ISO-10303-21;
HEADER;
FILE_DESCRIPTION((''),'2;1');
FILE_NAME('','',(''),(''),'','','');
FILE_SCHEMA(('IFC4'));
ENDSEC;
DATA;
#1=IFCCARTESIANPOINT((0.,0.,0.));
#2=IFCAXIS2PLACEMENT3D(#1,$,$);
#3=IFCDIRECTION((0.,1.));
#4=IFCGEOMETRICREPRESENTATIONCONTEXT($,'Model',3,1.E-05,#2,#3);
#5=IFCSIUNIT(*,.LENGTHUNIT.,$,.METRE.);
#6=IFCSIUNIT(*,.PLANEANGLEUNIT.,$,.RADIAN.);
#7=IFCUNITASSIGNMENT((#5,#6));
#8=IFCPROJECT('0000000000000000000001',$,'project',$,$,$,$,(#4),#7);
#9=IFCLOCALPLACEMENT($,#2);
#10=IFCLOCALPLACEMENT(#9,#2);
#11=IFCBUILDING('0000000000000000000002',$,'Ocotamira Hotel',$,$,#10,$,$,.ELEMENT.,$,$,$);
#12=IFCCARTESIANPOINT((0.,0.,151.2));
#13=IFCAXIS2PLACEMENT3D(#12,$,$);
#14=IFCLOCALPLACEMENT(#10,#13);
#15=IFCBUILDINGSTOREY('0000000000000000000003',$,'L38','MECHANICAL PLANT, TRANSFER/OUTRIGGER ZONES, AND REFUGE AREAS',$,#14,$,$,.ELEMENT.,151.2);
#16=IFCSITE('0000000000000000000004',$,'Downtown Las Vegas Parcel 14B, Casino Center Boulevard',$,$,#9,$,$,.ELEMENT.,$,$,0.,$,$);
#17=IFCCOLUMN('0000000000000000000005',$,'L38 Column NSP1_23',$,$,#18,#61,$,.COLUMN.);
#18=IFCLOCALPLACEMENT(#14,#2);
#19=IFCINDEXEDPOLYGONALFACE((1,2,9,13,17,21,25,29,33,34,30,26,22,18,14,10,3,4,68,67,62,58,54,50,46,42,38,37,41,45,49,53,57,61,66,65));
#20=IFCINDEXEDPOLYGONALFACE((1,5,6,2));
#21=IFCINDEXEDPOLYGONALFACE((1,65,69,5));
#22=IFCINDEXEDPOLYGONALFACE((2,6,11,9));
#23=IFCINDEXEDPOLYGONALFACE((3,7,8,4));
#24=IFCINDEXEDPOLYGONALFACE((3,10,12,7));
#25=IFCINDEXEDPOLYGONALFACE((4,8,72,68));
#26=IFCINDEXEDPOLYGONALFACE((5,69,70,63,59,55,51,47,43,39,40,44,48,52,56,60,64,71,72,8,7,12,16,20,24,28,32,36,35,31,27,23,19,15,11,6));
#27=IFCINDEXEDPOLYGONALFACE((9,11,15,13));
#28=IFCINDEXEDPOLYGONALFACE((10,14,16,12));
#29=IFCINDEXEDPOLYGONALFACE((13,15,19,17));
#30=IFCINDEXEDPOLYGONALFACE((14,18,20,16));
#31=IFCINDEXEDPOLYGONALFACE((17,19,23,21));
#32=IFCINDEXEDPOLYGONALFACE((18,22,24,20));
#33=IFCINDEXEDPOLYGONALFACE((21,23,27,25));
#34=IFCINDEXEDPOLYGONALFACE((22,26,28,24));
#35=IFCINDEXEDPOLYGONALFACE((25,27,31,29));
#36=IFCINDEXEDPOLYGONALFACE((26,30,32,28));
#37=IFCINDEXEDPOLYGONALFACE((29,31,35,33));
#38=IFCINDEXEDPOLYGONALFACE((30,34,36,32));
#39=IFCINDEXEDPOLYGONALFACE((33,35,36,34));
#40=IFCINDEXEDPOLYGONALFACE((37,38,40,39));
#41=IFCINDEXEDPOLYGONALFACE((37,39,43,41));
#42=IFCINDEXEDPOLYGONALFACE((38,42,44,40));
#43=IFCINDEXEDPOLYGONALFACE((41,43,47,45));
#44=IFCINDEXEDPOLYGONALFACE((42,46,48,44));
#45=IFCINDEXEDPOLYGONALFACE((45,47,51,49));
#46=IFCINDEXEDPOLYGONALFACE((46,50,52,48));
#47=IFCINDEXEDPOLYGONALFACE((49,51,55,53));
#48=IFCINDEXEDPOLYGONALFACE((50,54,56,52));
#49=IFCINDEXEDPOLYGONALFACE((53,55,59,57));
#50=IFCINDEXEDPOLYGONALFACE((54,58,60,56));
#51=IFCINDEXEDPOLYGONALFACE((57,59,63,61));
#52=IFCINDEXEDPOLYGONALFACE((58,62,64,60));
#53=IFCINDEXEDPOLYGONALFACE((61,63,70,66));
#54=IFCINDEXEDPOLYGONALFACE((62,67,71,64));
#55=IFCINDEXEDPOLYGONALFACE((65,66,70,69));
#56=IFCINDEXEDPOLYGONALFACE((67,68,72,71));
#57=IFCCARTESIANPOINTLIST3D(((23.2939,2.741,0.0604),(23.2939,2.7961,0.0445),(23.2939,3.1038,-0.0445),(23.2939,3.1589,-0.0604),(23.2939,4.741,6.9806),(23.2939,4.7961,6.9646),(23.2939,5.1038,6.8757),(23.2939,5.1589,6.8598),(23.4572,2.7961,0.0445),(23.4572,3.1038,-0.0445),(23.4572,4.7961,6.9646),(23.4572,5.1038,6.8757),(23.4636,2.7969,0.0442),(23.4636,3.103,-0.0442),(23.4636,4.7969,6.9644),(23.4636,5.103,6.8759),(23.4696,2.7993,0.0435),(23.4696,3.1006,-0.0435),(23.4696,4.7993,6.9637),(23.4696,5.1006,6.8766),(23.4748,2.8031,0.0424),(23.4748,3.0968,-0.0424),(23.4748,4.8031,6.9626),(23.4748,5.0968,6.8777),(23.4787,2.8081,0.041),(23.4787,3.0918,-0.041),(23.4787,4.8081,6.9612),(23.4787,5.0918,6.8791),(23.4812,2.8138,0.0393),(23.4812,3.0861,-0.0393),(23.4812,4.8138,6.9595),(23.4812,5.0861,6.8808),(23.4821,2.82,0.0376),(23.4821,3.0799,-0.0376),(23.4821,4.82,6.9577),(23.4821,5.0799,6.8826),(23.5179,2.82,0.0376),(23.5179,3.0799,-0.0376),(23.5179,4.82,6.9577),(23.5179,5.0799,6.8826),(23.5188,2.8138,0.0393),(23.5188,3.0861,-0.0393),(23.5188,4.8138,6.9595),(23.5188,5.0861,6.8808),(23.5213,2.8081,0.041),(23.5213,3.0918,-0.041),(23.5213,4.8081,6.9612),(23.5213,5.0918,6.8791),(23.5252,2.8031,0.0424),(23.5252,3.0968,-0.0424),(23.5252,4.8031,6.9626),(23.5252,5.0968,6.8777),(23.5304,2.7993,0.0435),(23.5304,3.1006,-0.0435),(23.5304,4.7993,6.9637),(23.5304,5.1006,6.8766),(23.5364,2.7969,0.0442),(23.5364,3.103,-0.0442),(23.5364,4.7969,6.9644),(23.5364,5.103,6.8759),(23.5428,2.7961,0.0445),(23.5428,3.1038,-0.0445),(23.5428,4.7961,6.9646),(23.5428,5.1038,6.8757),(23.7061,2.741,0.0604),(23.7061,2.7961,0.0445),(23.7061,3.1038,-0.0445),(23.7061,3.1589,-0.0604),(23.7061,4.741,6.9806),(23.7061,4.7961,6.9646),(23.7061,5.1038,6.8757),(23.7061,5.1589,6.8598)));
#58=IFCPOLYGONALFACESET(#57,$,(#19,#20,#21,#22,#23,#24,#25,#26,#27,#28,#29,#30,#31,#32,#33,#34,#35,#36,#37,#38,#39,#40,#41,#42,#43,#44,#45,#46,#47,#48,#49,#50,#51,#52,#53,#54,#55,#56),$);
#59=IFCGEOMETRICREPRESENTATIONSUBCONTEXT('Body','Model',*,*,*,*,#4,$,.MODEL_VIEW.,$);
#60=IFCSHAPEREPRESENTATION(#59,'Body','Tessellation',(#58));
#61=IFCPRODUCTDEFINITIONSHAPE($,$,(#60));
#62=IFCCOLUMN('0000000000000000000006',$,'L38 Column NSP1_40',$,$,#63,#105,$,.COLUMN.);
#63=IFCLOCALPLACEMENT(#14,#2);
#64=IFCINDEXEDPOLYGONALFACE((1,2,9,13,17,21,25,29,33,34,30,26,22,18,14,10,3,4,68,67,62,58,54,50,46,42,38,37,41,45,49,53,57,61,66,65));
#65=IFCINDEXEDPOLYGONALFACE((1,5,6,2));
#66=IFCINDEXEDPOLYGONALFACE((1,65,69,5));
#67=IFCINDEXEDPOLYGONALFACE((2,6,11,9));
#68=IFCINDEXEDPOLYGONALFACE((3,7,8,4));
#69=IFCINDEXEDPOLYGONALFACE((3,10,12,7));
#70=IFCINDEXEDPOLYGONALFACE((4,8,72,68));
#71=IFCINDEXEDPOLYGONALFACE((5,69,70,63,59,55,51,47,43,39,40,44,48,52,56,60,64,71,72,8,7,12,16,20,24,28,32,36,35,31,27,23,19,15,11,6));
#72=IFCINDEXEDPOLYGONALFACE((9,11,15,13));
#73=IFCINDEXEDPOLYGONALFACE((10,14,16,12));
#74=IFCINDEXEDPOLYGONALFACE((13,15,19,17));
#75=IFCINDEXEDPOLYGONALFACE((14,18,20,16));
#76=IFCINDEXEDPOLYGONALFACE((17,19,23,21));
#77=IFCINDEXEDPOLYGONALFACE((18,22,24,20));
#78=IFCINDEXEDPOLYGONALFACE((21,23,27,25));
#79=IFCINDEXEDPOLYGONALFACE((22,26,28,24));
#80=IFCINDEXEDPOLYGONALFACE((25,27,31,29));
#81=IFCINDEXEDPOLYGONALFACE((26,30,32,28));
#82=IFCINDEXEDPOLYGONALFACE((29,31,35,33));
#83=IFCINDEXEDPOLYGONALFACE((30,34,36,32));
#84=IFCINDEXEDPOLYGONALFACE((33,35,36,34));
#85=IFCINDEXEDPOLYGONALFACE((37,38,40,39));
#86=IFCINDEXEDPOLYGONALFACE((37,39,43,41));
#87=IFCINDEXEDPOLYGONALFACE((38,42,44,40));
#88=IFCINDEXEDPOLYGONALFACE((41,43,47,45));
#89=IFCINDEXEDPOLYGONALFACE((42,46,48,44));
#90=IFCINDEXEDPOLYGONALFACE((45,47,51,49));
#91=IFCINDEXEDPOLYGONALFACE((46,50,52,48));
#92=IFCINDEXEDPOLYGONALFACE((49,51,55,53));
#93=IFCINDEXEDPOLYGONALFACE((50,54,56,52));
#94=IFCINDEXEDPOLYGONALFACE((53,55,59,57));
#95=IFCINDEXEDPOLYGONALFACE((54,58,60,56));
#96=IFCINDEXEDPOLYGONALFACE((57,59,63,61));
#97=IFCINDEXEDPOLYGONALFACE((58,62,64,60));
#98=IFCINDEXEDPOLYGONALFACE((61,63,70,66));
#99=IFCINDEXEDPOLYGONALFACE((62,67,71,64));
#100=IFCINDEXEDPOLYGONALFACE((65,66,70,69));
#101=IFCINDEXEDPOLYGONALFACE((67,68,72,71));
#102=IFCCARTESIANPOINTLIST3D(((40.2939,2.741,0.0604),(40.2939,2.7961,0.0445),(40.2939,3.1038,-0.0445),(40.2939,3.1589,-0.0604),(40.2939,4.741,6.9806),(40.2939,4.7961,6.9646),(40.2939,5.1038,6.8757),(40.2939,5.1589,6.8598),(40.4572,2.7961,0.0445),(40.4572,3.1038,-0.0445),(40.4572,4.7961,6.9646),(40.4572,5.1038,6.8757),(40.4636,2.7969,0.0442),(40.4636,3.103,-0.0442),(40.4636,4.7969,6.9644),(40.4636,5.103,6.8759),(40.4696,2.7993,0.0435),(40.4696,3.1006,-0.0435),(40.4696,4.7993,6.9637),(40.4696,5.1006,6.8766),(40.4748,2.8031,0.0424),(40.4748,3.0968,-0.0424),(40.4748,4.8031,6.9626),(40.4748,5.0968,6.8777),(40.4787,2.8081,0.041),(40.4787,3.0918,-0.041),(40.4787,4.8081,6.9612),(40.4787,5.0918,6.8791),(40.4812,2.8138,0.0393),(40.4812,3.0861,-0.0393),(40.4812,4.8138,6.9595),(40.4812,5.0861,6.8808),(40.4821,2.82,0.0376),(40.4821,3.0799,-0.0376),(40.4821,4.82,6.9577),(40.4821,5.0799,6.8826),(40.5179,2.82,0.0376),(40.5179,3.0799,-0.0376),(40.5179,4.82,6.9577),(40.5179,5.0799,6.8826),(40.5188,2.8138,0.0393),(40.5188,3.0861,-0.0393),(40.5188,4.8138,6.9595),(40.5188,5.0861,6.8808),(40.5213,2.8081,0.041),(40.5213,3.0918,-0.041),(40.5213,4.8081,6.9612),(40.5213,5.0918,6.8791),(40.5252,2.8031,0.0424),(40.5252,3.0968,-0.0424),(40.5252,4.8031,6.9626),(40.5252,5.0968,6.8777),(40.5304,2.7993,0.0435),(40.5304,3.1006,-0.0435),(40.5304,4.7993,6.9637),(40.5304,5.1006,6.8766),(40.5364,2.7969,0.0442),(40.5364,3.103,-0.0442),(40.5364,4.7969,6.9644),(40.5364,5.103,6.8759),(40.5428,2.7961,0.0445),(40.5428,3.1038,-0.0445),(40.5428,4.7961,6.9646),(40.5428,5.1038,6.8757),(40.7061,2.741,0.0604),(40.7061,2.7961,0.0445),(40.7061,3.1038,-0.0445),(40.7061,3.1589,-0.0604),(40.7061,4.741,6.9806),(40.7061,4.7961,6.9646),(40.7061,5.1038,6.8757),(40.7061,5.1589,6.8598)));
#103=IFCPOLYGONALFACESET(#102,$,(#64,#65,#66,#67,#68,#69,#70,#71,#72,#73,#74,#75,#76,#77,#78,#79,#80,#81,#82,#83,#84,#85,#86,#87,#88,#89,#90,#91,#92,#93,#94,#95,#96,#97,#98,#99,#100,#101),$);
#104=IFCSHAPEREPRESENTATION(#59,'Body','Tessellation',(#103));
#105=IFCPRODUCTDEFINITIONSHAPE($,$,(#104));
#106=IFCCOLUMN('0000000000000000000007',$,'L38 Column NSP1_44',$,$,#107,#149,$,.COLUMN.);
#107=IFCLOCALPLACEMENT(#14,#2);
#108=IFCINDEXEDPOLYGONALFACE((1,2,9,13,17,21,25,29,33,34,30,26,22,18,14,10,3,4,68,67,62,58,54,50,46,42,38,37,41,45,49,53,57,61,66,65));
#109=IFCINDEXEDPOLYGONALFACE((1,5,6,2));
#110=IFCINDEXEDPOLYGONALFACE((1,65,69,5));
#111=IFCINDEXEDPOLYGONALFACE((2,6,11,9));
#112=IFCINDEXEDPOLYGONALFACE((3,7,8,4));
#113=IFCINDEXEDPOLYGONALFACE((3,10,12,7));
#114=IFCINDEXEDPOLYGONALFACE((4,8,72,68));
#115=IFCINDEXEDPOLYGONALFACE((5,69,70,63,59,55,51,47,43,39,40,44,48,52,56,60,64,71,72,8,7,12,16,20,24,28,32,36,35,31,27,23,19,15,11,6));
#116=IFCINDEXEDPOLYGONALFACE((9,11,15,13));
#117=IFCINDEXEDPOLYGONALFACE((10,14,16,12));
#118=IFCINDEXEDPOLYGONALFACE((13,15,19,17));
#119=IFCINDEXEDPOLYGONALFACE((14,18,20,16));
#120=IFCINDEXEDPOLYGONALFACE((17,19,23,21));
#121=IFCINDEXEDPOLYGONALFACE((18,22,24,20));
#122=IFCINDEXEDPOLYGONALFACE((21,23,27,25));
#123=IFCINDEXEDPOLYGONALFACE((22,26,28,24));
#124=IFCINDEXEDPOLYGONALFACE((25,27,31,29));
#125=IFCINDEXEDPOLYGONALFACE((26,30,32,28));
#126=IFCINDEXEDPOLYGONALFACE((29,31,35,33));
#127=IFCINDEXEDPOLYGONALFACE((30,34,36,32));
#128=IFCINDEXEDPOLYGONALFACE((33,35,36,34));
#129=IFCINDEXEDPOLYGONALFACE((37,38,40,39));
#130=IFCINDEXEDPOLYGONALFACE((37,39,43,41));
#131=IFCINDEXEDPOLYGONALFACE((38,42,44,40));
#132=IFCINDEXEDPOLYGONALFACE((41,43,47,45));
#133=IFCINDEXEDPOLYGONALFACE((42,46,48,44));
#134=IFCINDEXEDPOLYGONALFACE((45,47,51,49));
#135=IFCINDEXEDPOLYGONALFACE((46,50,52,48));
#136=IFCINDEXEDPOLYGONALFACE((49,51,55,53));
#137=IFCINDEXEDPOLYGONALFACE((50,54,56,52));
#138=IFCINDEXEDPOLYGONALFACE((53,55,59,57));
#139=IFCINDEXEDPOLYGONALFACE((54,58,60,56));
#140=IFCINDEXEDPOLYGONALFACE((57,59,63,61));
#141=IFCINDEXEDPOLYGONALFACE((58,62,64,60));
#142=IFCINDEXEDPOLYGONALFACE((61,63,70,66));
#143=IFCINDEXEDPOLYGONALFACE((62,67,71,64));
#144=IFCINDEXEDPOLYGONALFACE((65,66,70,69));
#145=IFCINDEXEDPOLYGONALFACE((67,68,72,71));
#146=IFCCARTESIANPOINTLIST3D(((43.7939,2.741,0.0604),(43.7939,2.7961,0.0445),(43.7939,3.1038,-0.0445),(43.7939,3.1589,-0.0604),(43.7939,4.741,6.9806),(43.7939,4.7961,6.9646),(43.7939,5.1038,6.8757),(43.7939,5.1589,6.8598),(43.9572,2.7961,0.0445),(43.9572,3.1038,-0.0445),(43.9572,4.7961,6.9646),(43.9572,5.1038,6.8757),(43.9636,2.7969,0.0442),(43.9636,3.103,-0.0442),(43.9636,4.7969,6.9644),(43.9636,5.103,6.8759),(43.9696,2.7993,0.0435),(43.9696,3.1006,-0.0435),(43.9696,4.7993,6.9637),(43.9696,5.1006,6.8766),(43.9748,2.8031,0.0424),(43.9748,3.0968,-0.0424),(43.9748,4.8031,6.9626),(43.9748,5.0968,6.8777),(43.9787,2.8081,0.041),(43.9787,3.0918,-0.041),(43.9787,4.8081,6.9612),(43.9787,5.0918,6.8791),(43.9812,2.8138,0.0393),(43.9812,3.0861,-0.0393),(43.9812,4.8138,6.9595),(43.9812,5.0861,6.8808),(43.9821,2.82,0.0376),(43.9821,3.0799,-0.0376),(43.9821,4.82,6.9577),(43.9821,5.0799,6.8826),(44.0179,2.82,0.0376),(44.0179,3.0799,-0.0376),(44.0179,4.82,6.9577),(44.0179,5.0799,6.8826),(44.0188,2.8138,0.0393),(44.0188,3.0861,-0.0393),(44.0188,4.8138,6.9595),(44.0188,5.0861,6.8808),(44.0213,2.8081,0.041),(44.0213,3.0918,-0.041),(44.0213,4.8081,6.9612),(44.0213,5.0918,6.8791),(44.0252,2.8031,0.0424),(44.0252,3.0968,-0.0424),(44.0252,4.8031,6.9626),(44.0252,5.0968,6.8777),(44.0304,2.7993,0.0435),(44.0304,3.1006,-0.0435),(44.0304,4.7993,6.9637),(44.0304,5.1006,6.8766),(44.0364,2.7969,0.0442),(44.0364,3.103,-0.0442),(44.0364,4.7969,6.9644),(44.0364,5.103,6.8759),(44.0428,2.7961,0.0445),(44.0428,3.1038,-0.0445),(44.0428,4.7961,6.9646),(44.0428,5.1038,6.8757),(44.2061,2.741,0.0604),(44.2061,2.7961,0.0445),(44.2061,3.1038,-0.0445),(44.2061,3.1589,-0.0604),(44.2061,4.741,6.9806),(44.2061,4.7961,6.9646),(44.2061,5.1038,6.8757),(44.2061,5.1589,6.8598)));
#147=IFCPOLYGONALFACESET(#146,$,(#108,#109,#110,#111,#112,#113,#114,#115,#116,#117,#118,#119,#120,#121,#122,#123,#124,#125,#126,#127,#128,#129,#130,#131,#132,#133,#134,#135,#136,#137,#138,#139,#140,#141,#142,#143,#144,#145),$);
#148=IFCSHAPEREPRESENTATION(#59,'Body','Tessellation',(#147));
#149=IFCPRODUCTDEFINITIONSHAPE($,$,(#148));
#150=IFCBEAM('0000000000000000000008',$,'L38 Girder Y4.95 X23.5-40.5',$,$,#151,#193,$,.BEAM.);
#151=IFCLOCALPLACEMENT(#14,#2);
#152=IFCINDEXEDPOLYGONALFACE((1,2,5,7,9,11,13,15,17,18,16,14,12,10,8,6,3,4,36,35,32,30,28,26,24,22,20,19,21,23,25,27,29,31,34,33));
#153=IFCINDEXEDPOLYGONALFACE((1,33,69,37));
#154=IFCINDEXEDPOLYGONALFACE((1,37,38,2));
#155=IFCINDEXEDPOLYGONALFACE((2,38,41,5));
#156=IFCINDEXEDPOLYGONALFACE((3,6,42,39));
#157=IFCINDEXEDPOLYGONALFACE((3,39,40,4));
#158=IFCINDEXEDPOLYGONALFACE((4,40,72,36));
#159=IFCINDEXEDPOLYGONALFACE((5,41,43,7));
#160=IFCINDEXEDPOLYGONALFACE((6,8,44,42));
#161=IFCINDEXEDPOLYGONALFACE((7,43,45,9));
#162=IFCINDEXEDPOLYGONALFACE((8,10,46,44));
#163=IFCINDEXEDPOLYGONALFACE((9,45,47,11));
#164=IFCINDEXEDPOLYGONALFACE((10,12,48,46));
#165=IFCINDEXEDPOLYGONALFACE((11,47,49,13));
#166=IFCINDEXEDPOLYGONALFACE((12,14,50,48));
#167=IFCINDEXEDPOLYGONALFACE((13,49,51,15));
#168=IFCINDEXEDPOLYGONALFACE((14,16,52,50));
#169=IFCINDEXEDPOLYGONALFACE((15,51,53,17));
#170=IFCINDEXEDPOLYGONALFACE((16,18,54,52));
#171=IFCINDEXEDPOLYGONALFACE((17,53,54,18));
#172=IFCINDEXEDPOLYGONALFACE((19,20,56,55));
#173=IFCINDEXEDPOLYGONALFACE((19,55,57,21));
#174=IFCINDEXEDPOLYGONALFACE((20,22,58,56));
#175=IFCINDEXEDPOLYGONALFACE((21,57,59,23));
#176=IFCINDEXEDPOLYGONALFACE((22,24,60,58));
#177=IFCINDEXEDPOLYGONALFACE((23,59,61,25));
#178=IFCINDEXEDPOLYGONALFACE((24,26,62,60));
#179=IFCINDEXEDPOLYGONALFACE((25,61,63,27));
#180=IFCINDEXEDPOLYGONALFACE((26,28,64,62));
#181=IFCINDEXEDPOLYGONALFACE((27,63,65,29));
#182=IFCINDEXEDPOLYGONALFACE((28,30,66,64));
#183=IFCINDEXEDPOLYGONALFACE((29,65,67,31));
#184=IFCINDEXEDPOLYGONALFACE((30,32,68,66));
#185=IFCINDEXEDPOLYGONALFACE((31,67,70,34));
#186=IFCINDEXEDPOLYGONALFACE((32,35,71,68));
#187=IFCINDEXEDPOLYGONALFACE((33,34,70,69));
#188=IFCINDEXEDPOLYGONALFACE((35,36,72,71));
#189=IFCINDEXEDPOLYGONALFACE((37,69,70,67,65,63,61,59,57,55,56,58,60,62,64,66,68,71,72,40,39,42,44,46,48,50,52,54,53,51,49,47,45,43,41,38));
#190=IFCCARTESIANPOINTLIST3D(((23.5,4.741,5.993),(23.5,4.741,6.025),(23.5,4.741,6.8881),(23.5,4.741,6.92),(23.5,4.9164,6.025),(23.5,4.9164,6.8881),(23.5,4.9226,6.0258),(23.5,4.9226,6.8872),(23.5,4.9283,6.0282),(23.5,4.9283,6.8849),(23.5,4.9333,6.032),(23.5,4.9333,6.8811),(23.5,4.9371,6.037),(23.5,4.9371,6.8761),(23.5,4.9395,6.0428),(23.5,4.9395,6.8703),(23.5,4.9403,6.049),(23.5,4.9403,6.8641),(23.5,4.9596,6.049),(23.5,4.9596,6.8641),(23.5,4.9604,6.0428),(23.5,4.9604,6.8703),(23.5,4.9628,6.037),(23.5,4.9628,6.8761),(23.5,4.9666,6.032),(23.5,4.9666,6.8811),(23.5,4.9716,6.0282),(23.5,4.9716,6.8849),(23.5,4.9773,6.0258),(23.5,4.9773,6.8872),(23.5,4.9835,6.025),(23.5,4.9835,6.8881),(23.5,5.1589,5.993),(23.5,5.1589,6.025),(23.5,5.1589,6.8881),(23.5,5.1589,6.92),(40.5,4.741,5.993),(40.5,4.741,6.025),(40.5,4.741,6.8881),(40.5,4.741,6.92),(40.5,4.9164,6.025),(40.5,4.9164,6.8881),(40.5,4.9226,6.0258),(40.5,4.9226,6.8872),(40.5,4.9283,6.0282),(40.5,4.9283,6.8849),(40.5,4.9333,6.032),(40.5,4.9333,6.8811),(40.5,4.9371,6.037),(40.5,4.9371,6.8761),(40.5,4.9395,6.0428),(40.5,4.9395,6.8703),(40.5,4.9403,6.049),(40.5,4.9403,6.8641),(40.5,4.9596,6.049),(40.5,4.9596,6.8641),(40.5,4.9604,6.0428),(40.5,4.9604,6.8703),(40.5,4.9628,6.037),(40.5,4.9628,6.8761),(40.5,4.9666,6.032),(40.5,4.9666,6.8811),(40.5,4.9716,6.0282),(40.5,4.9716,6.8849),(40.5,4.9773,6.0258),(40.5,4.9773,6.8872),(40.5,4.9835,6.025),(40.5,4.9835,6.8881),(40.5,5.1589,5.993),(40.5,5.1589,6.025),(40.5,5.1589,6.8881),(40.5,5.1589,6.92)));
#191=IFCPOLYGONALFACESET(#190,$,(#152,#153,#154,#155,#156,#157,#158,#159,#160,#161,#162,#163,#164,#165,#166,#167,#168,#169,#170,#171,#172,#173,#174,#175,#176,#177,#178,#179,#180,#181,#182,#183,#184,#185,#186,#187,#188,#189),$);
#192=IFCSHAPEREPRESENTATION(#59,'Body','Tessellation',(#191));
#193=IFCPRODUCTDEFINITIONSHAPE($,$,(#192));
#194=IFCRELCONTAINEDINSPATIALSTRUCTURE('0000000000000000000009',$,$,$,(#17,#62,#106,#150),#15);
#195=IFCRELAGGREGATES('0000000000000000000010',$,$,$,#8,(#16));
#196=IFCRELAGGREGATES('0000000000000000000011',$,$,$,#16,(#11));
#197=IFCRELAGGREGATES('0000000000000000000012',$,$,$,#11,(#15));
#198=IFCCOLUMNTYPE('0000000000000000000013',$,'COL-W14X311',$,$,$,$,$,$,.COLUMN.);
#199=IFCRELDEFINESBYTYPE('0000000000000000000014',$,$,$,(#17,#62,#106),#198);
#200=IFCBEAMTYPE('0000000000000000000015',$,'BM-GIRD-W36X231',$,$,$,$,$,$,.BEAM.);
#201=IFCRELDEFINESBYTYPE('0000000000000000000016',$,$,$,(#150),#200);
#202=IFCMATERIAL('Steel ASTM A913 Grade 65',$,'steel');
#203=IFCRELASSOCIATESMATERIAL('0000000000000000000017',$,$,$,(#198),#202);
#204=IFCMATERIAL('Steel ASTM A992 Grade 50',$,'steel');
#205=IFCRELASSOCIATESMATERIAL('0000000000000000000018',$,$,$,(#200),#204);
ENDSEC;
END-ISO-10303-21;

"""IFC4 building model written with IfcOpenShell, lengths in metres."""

from ifc_helpers import new_model, si_unit, direction, frame, origin, origin_2d, place, context, subcontext, project, spatial, i_section, extrude, source, transform, mapped, material, material_profile, profile_set, type_object, element, save


model = new_model("IFC4")

# Units and contexts
model_context = context("Model", 3, precision=1e-05, world=origin(), true_north=direction((0.0, 1.0)))
body_context = subcontext(model_context, "Body", "Model", "MODEL_VIEW")
ifc_project = project(units=[si_unit("LENGTHUNIT", "METRE"), si_unit("PLANEANGLEUNIT", "RADIAN")], contexts=[model_context])

# Site, building, storey
site_placement = place(None, origin())
site = spatial("IfcSite", under=ifc_project, at=site_placement, Name="Downtown Las Vegas Parcel 14B, Casino Center Boulevard", CompositionType="ELEMENT", RefElevation=0.0)
building_placement = place(site_placement, origin())
building = spatial("IfcBuilding", under=site, at=building_placement, Name="Ocotamira Hotel", CompositionType="ELEMENT")
storey_placement = place(building_placement, frame((0.0, 0.0, 151.2)))
storey = spatial("IfcBuildingStorey", under=building, at=storey_placement, Name="L38", Description="MECHANICAL PLANT, TRANSFER/OUTRIGGER ZONES, AND REFUGE AREAS", CompositionType="ELEMENT", Elevation=151.2)

# Columns
ifc_material_1 = material(Name="Steel ASTM A913 Grade 65", Category="steel")
ifc_material_profile_1 = material_profile(ifc_material_1, i_section(OverallWidth=0.4121, OverallDepth=0.4351, WebThickness=0.0359, FlangeThickness=0.0574, FilletRadius=0.0249, at=origin_2d()), Name="W14X311")
ifc_profile_set_1 = profile_set([ifc_material_profile_1], Name="Steel ASTM A913 Grade 65")
column_type = type_object("IfcColumnType", Name="COL-W14X311", PredefinedType="COLUMN", material=ifc_profile_set_1)
shared_shape_1 = source(origin(), body_context, "Body", "SweptSolid", [
    extrude(i_section(OverallWidth=0.4121, OverallDepth=0.4351, WebThickness=0.0359, FlangeThickness=0.0574, FilletRadius=0.0249, at=origin_2d()), origin(), (0.0, 0.0, 1.0), 7.2034),
])
for number, where, z_axis, x_axis, name in (
    (1, (23.5, 2.95, 0.0), (0.0, 0.277647, 0.960683), (-1.0, 0.0, 0.0), "L38 Column NSP1_23"),
    (2, (40.5, 2.95, 0.0), (0.0, 0.277647, 0.960683), (-1.0, 0.0, 0.0), "L38 Column NSP1_40"),
    (3, (44.0, 2.95, 0.0), (0.0, 0.277647, 0.960683), (-1.0, 0.0, 0.0), "L38 Column NSP1_44"),
):
    element("IfcColumn", number, at=place(storey_placement, frame(where, z_axis=z_axis, x_axis=x_axis)), inside=storey, type_object=column_type, Name=name, PredefinedType="COLUMN", context=body_context, shape_type="MappedRepresentation", body=[
        mapped(shared_shape_1, transform((0.0, 0.0, 0.0), scale=1.0)),
    ])

# Beam
ifc_material_2 = material(Name="Steel ASTM A992 Grade 50", Category="steel")
ifc_material_profile_2 = material_profile(ifc_material_2, i_section(OverallWidth=0.418, OverallDepth=0.927, WebThickness=0.0193, FlangeThickness=0.032, FilletRadius=0.0239, at=origin_2d()), Name="W36X231")
ifc_profile_set_2 = profile_set([ifc_material_profile_2], Name="Steel ASTM A992 Grade 50")
beam_type_1 = type_object("IfcBeamType", Name="BM-GIRD-W36X231", PredefinedType="BEAM", material=ifc_profile_set_2)
shared_shape_2 = source(origin(), body_context, "Body", "SweptSolid", [
    extrude(i_section(OverallWidth=0.418, OverallDepth=0.927, WebThickness=0.0193, FlangeThickness=0.032, FilletRadius=0.0239, at=origin_2d()), origin(), (0.0, 0.0, 1.0), 17.0),
])
beam_1_placement = place(storey_placement, frame((23.5, 4.95, 6.4565), z_axis=(1.0, 0.0, 0.0), x_axis=(0.0, 1.0, 0.0)))
element("IfcBeam", 4, at=beam_1_placement, inside=storey, type_object=beam_type_1, Name="L38 Girder Y4.95 X23.5-40.5", PredefinedType="BEAM", context=body_context, shape_type="MappedRepresentation", body=[
    mapped(shared_shape_2, transform((0.0, 0.0, 0.0), scale=1.0)),
])

save(model, "model.ifc")
